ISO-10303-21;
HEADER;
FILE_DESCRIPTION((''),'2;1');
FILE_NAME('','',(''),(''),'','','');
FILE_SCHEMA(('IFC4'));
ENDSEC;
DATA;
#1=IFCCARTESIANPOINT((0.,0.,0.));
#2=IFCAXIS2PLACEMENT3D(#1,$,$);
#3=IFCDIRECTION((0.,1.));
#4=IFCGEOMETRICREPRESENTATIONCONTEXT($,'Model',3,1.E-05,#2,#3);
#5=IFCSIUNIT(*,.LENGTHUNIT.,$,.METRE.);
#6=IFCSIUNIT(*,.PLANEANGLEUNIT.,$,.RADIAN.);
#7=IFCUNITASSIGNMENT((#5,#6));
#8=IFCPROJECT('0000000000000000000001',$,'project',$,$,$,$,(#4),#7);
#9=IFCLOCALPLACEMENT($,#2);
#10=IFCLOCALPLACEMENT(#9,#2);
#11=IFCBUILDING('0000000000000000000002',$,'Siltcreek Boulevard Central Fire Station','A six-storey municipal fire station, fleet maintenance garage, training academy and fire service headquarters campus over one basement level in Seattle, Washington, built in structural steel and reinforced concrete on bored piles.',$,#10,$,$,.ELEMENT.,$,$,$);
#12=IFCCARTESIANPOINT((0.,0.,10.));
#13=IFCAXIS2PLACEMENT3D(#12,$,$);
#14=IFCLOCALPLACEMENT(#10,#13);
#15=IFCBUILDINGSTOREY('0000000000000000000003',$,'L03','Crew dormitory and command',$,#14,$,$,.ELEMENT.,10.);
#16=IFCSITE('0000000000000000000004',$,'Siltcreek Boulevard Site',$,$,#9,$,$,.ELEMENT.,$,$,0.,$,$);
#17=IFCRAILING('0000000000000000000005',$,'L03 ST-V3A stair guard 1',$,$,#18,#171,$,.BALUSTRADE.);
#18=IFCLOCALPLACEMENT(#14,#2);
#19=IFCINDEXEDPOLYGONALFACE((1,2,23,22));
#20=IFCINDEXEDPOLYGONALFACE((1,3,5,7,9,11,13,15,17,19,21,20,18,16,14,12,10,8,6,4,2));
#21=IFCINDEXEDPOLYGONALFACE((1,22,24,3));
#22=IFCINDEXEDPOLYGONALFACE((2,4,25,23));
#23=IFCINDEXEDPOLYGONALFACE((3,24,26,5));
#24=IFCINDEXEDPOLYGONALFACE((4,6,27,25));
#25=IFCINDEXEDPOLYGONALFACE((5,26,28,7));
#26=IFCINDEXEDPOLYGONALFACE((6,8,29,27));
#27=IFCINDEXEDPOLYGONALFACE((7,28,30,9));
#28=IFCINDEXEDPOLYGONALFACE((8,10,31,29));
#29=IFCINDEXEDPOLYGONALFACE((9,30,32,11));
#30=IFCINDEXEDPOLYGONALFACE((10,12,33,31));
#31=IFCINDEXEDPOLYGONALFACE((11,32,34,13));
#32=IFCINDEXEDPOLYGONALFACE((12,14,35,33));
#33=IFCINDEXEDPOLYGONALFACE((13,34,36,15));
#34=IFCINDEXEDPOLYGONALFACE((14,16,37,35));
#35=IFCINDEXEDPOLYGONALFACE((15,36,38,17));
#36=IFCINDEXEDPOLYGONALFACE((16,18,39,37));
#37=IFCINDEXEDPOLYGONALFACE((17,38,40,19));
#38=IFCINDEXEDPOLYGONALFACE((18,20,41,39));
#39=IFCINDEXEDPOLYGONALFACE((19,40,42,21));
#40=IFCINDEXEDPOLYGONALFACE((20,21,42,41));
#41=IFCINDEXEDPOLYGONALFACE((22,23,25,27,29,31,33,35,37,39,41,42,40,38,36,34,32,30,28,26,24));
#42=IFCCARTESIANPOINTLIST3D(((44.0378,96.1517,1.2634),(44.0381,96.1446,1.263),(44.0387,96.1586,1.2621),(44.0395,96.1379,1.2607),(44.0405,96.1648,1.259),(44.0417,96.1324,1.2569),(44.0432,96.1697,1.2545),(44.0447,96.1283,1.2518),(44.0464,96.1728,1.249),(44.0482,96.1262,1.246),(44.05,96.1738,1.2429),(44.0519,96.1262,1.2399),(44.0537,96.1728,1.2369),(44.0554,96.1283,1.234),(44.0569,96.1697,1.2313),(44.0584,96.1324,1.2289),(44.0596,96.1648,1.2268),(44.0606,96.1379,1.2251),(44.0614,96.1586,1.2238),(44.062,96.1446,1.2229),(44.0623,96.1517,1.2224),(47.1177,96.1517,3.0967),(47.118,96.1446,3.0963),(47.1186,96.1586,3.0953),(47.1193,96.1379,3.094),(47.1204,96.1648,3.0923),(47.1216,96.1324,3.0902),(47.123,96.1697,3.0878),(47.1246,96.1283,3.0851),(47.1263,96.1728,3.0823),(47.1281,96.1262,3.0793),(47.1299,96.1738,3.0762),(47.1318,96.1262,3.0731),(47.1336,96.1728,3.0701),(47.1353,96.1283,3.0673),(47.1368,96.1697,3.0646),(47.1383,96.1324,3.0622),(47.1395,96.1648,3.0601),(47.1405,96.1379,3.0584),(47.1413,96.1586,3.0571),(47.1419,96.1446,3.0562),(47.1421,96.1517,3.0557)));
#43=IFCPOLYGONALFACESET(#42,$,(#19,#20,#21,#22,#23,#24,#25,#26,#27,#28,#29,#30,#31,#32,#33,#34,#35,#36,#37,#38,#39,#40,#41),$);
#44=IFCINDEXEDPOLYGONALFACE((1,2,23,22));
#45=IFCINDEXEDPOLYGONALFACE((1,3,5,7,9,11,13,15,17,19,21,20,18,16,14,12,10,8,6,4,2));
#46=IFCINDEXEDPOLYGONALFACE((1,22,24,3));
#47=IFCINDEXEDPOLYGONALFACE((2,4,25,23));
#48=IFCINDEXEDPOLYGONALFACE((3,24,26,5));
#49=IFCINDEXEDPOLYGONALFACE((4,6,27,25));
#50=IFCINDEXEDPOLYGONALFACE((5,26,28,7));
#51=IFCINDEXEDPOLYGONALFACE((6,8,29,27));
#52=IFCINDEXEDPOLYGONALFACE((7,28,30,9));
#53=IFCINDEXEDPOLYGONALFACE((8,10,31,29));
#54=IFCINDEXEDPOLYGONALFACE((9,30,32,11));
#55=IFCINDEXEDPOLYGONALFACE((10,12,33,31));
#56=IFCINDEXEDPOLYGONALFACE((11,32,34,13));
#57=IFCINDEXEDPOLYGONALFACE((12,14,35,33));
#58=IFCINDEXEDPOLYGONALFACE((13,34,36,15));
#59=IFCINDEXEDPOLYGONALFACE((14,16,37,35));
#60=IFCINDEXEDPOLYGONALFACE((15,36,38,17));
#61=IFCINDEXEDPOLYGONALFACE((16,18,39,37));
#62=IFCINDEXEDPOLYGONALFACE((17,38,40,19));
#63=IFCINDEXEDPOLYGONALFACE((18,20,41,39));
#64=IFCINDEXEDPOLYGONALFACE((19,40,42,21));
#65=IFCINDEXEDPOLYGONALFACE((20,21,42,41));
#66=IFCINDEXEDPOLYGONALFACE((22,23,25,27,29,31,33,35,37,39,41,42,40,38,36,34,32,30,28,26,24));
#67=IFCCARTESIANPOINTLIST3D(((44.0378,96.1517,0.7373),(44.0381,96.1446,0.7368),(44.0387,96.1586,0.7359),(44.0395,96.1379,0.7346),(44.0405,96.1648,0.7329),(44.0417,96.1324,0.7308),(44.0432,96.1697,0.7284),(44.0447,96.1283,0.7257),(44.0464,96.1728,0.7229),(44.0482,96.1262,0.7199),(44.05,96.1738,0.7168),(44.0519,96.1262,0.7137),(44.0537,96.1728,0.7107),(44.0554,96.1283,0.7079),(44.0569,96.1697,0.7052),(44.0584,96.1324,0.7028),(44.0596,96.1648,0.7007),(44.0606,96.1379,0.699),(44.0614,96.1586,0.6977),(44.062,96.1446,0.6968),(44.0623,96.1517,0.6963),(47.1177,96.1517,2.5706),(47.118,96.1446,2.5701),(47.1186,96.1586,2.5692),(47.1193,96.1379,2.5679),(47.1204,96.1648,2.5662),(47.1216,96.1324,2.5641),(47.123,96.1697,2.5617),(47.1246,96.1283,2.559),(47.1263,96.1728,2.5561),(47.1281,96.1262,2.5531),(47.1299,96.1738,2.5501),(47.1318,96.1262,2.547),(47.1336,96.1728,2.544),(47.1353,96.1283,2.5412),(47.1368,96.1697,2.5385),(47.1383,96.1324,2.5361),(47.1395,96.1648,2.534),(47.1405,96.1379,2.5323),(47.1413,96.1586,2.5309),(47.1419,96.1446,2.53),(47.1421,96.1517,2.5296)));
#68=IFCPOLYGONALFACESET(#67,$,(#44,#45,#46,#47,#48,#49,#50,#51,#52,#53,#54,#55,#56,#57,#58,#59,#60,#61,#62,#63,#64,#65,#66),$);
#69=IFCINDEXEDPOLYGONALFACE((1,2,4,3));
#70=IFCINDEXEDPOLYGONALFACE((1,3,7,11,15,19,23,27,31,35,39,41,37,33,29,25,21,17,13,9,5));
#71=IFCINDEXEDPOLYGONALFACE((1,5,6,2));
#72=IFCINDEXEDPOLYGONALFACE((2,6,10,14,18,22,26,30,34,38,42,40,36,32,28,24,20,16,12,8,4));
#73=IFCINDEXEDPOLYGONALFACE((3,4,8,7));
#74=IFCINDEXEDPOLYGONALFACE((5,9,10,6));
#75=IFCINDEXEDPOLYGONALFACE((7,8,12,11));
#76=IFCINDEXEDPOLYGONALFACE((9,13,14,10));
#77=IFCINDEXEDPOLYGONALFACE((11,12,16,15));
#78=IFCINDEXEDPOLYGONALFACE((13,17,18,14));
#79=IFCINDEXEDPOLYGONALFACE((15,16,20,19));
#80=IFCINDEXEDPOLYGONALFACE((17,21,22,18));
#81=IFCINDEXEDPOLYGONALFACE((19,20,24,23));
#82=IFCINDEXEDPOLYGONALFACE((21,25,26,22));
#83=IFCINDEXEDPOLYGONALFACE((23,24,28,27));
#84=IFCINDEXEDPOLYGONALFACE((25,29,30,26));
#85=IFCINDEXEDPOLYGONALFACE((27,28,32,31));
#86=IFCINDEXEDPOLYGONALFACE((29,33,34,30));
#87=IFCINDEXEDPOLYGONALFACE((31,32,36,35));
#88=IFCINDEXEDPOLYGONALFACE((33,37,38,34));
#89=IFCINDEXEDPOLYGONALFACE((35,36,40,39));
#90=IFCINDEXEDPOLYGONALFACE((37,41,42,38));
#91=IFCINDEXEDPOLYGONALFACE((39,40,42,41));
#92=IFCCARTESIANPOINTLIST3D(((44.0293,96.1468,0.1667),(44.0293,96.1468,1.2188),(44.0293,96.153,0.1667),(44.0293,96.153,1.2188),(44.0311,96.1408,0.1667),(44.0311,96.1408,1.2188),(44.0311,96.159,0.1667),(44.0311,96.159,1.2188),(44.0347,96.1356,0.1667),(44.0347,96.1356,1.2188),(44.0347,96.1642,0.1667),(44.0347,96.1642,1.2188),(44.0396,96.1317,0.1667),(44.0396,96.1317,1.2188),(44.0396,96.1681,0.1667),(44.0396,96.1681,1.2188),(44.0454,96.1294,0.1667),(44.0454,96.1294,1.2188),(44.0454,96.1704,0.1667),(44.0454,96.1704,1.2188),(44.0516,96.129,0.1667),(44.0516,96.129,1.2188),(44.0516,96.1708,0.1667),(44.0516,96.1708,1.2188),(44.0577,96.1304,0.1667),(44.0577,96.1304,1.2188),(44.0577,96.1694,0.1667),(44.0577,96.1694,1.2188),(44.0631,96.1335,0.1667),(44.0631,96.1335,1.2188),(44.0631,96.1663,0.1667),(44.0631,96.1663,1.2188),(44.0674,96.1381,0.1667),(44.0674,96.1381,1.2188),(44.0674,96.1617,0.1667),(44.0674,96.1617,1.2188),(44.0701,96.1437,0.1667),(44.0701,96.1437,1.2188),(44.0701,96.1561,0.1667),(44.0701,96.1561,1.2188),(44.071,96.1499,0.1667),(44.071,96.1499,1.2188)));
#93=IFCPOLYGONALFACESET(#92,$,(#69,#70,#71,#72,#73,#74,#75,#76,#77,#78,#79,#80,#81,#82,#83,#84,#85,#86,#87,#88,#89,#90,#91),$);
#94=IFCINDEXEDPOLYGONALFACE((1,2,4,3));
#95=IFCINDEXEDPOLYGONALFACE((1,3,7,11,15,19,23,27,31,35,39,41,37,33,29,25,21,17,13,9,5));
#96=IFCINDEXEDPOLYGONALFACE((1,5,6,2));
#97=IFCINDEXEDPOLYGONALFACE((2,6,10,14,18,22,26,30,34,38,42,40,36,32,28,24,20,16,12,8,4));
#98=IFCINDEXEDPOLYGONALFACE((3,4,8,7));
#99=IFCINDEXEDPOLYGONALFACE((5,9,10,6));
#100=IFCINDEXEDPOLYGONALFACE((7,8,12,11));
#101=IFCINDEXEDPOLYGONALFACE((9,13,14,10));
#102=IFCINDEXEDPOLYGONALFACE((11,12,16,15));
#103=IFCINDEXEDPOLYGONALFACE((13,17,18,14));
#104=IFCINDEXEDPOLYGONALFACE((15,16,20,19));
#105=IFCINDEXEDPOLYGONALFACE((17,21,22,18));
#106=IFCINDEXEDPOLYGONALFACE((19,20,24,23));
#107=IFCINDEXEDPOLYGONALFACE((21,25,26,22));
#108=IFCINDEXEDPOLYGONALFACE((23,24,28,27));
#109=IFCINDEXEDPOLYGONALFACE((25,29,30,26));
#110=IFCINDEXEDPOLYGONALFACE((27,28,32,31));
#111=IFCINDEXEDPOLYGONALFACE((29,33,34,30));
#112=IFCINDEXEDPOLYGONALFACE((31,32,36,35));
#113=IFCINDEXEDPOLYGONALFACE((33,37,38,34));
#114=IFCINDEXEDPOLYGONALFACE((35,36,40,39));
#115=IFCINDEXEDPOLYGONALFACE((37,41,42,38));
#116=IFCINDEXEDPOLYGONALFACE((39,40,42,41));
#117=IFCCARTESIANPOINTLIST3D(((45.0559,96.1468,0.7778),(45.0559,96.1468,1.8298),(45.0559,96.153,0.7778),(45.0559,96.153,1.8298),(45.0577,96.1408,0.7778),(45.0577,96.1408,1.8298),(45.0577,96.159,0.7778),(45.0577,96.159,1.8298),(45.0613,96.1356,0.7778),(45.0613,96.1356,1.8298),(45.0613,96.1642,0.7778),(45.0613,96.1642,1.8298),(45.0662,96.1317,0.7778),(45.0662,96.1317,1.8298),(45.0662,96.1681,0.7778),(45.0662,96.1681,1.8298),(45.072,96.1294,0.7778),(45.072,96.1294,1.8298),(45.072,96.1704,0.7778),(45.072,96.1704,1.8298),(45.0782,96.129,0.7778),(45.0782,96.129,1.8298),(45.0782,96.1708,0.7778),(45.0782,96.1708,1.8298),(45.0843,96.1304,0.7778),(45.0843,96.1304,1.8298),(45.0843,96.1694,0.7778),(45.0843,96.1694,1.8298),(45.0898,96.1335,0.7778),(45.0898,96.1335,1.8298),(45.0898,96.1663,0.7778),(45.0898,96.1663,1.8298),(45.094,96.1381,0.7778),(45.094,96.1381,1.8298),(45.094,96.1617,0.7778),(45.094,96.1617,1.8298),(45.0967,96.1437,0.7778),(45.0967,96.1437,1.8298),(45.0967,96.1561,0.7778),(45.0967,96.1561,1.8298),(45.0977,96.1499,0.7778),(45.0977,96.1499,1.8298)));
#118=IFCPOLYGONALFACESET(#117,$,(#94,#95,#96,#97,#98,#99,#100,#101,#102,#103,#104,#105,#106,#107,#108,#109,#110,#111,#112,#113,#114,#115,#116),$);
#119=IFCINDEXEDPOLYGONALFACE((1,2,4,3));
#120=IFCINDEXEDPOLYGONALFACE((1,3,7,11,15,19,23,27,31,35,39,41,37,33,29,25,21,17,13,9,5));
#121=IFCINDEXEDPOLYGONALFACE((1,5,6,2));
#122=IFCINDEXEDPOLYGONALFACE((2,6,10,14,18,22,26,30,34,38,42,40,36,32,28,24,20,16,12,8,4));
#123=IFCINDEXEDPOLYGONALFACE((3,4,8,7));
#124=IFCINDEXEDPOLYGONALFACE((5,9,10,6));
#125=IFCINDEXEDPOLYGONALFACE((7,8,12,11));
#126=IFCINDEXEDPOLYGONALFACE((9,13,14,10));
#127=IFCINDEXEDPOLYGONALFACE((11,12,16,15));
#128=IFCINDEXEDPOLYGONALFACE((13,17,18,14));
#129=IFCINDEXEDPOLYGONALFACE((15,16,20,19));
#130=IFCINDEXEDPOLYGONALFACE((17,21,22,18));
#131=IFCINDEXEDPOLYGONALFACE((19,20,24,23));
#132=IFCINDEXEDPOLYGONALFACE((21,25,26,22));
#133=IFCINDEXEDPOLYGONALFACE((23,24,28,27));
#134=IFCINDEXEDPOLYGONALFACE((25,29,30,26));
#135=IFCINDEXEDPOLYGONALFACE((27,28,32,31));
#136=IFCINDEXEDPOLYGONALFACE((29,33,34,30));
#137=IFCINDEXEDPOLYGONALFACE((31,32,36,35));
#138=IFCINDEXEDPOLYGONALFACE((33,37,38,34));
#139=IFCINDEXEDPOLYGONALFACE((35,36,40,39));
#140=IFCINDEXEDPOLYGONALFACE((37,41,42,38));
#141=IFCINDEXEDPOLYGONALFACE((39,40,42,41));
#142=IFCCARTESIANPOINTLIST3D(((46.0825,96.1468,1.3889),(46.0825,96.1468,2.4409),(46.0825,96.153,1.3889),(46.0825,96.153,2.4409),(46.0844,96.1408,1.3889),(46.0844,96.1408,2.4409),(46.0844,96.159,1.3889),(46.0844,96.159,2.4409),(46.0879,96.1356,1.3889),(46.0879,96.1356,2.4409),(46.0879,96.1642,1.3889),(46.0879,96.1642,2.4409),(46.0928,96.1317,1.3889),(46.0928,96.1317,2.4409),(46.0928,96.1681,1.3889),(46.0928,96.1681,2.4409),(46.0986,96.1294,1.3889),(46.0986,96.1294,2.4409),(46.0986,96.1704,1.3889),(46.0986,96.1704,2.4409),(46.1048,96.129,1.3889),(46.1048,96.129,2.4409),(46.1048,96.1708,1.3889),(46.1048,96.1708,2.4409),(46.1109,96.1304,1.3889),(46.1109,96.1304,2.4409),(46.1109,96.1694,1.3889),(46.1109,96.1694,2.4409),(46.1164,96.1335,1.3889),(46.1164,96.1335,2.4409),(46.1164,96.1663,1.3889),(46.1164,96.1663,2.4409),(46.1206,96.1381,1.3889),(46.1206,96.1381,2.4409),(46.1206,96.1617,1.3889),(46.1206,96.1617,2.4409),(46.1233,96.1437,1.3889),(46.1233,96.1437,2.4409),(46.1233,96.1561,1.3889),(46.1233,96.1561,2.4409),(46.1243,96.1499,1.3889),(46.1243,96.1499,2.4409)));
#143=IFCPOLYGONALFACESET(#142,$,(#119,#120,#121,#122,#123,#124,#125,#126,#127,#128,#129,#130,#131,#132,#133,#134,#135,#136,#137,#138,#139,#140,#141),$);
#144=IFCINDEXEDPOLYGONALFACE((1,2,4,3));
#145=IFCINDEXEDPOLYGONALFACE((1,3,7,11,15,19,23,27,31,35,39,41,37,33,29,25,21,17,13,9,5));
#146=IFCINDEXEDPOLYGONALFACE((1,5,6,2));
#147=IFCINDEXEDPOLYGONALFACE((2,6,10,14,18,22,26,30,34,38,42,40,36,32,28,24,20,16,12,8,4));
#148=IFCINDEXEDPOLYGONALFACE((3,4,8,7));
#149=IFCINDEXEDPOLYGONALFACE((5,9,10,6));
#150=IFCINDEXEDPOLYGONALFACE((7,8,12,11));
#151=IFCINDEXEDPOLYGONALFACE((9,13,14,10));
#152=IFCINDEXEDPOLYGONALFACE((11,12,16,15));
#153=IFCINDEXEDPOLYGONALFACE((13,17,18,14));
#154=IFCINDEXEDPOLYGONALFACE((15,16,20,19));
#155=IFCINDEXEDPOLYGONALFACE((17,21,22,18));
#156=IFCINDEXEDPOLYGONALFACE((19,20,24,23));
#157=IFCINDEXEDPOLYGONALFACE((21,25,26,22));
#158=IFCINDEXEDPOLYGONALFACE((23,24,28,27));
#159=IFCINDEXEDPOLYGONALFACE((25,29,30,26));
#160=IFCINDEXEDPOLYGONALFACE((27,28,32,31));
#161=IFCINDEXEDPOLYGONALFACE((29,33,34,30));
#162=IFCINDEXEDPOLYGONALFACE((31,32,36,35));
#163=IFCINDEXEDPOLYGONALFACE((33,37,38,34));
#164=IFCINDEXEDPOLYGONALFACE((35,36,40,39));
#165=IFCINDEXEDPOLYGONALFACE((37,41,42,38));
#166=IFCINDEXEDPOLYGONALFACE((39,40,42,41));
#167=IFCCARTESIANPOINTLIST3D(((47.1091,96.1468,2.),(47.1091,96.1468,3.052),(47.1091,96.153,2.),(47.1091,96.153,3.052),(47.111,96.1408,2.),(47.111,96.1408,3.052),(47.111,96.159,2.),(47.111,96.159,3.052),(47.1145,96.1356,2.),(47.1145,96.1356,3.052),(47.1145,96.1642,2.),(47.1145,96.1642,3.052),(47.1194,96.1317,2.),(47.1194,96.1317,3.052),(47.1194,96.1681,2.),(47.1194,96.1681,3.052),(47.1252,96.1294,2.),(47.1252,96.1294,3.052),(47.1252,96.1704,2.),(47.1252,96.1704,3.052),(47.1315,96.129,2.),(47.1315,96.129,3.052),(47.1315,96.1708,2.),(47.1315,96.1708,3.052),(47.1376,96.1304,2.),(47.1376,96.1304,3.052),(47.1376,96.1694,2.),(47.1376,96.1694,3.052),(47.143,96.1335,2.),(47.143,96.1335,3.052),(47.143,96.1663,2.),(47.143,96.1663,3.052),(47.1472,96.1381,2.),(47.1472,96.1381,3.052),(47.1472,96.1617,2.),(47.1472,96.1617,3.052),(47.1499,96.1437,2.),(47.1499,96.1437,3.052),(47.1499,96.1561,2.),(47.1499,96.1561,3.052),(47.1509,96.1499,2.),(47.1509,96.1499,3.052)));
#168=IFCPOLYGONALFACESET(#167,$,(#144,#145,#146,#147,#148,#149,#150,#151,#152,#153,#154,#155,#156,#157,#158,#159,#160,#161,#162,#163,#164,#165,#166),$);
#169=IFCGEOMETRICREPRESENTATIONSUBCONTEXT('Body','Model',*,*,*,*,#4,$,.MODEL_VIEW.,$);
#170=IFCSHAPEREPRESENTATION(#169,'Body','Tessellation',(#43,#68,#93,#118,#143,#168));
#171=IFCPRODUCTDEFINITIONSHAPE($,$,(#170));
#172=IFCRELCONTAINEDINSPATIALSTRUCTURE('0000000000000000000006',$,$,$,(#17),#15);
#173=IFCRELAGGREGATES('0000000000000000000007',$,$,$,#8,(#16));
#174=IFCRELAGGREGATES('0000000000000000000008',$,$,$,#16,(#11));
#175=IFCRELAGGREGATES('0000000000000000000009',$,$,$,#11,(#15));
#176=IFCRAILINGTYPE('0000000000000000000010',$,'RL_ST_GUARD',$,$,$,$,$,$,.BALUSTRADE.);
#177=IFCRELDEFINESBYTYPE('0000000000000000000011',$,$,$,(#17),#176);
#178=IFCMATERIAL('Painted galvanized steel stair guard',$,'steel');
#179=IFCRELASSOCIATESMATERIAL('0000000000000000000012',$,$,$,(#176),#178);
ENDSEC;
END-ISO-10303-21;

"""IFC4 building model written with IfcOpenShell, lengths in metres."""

from ifc_helpers import new_model, si_unit, direction, frame, origin, origin_2d, place, context, subcontext, project, spatial, circle, extrude, material, type_object, element, save


model = new_model("IFC4")

# Units and contexts
model_context = context("Model", 3, precision=1e-05, world=origin(), true_north=direction((0.0, 1.0)))
body_context = subcontext(model_context, "Body", "Model", "MODEL_VIEW")
ifc_project = project(units=[si_unit("LENGTHUNIT", "METRE"), si_unit("PLANEANGLEUNIT", "RADIAN")], contexts=[model_context])

# Site, building, storey
site_placement = place(None, origin())
site = spatial("IfcSite", under=ifc_project, at=site_placement, Name="Siltcreek Boulevard Site", CompositionType="ELEMENT", RefElevation=0.0)
building_placement = place(site_placement, origin())
building = spatial("IfcBuilding", under=site, at=building_placement, Name="Siltcreek Boulevard Central Fire Station", Description="A six-storey municipal fire station, fleet maintenance garage, training academy and fire service headquarters campus over one basement level in Seattle, Washington, built in structural steel and reinforced concrete on bored piles.", CompositionType="ELEMENT")
storey_placement = place(building_placement, frame((0.0, 0.0, 10.0)))
storey = spatial("IfcBuildingStorey", under=building, at=storey_placement, Name="L03", Description="Crew dormitory and command", CompositionType="ELEMENT", Elevation=10.0)

# Railing
ifc_material_1 = material(Name="Painted galvanized steel stair guard", Category="steel")
railing_type_1 = type_object("IfcRailingType", Name="RL_ST_GUARD", PredefinedType="BALUSTRADE", material=ifc_material_1)
railing_1_placement = place(storey_placement, frame((44.05, 96.1499, 0.1667)))
element("IfcRailing", 1, at=railing_1_placement, inside=storey, type_object=railing_type_1, Name="L03 ST-V3A stair guard 1", PredefinedType="BALUSTRADE", context=body_context, shape_type="SweptSolid", body=[
    extrude(circle(Radius=0.0239, at=origin_2d()), frame((0.0, 0.0, 1.0762), z_axis=(0.859291, 0.0, 0.511487), x_axis=(0.0, 1.0, 0.0)), (0.0, 0.0, 1.0), 3.5842),
    extrude(circle(Radius=0.0239, at=origin_2d()), frame((0.0, 0.0, 0.55), z_axis=(0.859291, 0.0, 0.511487), x_axis=(0.0, 1.0, 0.0)), (0.0, 0.0, 1.0), 3.5842),
    extrude(circle(Radius=0.021, at=origin_2d()), origin(), (0.0, 0.0, 1.0), 1.052),
    extrude(circle(Radius=0.021, at=origin_2d()), frame((1.0266, 0.0, 0.6111)), (0.0, 0.0, 1.0), 1.052),
    extrude(circle(Radius=0.021, at=origin_2d()), frame((2.0532, 0.0, 1.2222)), (0.0, 0.0, 1.0), 1.052),
    extrude(circle(Radius=0.021, at=origin_2d()), frame((3.0798, 0.0, 1.8333)), (0.0, 0.0, 1.0), 1.052),
])

save(model, "model.ifc")
